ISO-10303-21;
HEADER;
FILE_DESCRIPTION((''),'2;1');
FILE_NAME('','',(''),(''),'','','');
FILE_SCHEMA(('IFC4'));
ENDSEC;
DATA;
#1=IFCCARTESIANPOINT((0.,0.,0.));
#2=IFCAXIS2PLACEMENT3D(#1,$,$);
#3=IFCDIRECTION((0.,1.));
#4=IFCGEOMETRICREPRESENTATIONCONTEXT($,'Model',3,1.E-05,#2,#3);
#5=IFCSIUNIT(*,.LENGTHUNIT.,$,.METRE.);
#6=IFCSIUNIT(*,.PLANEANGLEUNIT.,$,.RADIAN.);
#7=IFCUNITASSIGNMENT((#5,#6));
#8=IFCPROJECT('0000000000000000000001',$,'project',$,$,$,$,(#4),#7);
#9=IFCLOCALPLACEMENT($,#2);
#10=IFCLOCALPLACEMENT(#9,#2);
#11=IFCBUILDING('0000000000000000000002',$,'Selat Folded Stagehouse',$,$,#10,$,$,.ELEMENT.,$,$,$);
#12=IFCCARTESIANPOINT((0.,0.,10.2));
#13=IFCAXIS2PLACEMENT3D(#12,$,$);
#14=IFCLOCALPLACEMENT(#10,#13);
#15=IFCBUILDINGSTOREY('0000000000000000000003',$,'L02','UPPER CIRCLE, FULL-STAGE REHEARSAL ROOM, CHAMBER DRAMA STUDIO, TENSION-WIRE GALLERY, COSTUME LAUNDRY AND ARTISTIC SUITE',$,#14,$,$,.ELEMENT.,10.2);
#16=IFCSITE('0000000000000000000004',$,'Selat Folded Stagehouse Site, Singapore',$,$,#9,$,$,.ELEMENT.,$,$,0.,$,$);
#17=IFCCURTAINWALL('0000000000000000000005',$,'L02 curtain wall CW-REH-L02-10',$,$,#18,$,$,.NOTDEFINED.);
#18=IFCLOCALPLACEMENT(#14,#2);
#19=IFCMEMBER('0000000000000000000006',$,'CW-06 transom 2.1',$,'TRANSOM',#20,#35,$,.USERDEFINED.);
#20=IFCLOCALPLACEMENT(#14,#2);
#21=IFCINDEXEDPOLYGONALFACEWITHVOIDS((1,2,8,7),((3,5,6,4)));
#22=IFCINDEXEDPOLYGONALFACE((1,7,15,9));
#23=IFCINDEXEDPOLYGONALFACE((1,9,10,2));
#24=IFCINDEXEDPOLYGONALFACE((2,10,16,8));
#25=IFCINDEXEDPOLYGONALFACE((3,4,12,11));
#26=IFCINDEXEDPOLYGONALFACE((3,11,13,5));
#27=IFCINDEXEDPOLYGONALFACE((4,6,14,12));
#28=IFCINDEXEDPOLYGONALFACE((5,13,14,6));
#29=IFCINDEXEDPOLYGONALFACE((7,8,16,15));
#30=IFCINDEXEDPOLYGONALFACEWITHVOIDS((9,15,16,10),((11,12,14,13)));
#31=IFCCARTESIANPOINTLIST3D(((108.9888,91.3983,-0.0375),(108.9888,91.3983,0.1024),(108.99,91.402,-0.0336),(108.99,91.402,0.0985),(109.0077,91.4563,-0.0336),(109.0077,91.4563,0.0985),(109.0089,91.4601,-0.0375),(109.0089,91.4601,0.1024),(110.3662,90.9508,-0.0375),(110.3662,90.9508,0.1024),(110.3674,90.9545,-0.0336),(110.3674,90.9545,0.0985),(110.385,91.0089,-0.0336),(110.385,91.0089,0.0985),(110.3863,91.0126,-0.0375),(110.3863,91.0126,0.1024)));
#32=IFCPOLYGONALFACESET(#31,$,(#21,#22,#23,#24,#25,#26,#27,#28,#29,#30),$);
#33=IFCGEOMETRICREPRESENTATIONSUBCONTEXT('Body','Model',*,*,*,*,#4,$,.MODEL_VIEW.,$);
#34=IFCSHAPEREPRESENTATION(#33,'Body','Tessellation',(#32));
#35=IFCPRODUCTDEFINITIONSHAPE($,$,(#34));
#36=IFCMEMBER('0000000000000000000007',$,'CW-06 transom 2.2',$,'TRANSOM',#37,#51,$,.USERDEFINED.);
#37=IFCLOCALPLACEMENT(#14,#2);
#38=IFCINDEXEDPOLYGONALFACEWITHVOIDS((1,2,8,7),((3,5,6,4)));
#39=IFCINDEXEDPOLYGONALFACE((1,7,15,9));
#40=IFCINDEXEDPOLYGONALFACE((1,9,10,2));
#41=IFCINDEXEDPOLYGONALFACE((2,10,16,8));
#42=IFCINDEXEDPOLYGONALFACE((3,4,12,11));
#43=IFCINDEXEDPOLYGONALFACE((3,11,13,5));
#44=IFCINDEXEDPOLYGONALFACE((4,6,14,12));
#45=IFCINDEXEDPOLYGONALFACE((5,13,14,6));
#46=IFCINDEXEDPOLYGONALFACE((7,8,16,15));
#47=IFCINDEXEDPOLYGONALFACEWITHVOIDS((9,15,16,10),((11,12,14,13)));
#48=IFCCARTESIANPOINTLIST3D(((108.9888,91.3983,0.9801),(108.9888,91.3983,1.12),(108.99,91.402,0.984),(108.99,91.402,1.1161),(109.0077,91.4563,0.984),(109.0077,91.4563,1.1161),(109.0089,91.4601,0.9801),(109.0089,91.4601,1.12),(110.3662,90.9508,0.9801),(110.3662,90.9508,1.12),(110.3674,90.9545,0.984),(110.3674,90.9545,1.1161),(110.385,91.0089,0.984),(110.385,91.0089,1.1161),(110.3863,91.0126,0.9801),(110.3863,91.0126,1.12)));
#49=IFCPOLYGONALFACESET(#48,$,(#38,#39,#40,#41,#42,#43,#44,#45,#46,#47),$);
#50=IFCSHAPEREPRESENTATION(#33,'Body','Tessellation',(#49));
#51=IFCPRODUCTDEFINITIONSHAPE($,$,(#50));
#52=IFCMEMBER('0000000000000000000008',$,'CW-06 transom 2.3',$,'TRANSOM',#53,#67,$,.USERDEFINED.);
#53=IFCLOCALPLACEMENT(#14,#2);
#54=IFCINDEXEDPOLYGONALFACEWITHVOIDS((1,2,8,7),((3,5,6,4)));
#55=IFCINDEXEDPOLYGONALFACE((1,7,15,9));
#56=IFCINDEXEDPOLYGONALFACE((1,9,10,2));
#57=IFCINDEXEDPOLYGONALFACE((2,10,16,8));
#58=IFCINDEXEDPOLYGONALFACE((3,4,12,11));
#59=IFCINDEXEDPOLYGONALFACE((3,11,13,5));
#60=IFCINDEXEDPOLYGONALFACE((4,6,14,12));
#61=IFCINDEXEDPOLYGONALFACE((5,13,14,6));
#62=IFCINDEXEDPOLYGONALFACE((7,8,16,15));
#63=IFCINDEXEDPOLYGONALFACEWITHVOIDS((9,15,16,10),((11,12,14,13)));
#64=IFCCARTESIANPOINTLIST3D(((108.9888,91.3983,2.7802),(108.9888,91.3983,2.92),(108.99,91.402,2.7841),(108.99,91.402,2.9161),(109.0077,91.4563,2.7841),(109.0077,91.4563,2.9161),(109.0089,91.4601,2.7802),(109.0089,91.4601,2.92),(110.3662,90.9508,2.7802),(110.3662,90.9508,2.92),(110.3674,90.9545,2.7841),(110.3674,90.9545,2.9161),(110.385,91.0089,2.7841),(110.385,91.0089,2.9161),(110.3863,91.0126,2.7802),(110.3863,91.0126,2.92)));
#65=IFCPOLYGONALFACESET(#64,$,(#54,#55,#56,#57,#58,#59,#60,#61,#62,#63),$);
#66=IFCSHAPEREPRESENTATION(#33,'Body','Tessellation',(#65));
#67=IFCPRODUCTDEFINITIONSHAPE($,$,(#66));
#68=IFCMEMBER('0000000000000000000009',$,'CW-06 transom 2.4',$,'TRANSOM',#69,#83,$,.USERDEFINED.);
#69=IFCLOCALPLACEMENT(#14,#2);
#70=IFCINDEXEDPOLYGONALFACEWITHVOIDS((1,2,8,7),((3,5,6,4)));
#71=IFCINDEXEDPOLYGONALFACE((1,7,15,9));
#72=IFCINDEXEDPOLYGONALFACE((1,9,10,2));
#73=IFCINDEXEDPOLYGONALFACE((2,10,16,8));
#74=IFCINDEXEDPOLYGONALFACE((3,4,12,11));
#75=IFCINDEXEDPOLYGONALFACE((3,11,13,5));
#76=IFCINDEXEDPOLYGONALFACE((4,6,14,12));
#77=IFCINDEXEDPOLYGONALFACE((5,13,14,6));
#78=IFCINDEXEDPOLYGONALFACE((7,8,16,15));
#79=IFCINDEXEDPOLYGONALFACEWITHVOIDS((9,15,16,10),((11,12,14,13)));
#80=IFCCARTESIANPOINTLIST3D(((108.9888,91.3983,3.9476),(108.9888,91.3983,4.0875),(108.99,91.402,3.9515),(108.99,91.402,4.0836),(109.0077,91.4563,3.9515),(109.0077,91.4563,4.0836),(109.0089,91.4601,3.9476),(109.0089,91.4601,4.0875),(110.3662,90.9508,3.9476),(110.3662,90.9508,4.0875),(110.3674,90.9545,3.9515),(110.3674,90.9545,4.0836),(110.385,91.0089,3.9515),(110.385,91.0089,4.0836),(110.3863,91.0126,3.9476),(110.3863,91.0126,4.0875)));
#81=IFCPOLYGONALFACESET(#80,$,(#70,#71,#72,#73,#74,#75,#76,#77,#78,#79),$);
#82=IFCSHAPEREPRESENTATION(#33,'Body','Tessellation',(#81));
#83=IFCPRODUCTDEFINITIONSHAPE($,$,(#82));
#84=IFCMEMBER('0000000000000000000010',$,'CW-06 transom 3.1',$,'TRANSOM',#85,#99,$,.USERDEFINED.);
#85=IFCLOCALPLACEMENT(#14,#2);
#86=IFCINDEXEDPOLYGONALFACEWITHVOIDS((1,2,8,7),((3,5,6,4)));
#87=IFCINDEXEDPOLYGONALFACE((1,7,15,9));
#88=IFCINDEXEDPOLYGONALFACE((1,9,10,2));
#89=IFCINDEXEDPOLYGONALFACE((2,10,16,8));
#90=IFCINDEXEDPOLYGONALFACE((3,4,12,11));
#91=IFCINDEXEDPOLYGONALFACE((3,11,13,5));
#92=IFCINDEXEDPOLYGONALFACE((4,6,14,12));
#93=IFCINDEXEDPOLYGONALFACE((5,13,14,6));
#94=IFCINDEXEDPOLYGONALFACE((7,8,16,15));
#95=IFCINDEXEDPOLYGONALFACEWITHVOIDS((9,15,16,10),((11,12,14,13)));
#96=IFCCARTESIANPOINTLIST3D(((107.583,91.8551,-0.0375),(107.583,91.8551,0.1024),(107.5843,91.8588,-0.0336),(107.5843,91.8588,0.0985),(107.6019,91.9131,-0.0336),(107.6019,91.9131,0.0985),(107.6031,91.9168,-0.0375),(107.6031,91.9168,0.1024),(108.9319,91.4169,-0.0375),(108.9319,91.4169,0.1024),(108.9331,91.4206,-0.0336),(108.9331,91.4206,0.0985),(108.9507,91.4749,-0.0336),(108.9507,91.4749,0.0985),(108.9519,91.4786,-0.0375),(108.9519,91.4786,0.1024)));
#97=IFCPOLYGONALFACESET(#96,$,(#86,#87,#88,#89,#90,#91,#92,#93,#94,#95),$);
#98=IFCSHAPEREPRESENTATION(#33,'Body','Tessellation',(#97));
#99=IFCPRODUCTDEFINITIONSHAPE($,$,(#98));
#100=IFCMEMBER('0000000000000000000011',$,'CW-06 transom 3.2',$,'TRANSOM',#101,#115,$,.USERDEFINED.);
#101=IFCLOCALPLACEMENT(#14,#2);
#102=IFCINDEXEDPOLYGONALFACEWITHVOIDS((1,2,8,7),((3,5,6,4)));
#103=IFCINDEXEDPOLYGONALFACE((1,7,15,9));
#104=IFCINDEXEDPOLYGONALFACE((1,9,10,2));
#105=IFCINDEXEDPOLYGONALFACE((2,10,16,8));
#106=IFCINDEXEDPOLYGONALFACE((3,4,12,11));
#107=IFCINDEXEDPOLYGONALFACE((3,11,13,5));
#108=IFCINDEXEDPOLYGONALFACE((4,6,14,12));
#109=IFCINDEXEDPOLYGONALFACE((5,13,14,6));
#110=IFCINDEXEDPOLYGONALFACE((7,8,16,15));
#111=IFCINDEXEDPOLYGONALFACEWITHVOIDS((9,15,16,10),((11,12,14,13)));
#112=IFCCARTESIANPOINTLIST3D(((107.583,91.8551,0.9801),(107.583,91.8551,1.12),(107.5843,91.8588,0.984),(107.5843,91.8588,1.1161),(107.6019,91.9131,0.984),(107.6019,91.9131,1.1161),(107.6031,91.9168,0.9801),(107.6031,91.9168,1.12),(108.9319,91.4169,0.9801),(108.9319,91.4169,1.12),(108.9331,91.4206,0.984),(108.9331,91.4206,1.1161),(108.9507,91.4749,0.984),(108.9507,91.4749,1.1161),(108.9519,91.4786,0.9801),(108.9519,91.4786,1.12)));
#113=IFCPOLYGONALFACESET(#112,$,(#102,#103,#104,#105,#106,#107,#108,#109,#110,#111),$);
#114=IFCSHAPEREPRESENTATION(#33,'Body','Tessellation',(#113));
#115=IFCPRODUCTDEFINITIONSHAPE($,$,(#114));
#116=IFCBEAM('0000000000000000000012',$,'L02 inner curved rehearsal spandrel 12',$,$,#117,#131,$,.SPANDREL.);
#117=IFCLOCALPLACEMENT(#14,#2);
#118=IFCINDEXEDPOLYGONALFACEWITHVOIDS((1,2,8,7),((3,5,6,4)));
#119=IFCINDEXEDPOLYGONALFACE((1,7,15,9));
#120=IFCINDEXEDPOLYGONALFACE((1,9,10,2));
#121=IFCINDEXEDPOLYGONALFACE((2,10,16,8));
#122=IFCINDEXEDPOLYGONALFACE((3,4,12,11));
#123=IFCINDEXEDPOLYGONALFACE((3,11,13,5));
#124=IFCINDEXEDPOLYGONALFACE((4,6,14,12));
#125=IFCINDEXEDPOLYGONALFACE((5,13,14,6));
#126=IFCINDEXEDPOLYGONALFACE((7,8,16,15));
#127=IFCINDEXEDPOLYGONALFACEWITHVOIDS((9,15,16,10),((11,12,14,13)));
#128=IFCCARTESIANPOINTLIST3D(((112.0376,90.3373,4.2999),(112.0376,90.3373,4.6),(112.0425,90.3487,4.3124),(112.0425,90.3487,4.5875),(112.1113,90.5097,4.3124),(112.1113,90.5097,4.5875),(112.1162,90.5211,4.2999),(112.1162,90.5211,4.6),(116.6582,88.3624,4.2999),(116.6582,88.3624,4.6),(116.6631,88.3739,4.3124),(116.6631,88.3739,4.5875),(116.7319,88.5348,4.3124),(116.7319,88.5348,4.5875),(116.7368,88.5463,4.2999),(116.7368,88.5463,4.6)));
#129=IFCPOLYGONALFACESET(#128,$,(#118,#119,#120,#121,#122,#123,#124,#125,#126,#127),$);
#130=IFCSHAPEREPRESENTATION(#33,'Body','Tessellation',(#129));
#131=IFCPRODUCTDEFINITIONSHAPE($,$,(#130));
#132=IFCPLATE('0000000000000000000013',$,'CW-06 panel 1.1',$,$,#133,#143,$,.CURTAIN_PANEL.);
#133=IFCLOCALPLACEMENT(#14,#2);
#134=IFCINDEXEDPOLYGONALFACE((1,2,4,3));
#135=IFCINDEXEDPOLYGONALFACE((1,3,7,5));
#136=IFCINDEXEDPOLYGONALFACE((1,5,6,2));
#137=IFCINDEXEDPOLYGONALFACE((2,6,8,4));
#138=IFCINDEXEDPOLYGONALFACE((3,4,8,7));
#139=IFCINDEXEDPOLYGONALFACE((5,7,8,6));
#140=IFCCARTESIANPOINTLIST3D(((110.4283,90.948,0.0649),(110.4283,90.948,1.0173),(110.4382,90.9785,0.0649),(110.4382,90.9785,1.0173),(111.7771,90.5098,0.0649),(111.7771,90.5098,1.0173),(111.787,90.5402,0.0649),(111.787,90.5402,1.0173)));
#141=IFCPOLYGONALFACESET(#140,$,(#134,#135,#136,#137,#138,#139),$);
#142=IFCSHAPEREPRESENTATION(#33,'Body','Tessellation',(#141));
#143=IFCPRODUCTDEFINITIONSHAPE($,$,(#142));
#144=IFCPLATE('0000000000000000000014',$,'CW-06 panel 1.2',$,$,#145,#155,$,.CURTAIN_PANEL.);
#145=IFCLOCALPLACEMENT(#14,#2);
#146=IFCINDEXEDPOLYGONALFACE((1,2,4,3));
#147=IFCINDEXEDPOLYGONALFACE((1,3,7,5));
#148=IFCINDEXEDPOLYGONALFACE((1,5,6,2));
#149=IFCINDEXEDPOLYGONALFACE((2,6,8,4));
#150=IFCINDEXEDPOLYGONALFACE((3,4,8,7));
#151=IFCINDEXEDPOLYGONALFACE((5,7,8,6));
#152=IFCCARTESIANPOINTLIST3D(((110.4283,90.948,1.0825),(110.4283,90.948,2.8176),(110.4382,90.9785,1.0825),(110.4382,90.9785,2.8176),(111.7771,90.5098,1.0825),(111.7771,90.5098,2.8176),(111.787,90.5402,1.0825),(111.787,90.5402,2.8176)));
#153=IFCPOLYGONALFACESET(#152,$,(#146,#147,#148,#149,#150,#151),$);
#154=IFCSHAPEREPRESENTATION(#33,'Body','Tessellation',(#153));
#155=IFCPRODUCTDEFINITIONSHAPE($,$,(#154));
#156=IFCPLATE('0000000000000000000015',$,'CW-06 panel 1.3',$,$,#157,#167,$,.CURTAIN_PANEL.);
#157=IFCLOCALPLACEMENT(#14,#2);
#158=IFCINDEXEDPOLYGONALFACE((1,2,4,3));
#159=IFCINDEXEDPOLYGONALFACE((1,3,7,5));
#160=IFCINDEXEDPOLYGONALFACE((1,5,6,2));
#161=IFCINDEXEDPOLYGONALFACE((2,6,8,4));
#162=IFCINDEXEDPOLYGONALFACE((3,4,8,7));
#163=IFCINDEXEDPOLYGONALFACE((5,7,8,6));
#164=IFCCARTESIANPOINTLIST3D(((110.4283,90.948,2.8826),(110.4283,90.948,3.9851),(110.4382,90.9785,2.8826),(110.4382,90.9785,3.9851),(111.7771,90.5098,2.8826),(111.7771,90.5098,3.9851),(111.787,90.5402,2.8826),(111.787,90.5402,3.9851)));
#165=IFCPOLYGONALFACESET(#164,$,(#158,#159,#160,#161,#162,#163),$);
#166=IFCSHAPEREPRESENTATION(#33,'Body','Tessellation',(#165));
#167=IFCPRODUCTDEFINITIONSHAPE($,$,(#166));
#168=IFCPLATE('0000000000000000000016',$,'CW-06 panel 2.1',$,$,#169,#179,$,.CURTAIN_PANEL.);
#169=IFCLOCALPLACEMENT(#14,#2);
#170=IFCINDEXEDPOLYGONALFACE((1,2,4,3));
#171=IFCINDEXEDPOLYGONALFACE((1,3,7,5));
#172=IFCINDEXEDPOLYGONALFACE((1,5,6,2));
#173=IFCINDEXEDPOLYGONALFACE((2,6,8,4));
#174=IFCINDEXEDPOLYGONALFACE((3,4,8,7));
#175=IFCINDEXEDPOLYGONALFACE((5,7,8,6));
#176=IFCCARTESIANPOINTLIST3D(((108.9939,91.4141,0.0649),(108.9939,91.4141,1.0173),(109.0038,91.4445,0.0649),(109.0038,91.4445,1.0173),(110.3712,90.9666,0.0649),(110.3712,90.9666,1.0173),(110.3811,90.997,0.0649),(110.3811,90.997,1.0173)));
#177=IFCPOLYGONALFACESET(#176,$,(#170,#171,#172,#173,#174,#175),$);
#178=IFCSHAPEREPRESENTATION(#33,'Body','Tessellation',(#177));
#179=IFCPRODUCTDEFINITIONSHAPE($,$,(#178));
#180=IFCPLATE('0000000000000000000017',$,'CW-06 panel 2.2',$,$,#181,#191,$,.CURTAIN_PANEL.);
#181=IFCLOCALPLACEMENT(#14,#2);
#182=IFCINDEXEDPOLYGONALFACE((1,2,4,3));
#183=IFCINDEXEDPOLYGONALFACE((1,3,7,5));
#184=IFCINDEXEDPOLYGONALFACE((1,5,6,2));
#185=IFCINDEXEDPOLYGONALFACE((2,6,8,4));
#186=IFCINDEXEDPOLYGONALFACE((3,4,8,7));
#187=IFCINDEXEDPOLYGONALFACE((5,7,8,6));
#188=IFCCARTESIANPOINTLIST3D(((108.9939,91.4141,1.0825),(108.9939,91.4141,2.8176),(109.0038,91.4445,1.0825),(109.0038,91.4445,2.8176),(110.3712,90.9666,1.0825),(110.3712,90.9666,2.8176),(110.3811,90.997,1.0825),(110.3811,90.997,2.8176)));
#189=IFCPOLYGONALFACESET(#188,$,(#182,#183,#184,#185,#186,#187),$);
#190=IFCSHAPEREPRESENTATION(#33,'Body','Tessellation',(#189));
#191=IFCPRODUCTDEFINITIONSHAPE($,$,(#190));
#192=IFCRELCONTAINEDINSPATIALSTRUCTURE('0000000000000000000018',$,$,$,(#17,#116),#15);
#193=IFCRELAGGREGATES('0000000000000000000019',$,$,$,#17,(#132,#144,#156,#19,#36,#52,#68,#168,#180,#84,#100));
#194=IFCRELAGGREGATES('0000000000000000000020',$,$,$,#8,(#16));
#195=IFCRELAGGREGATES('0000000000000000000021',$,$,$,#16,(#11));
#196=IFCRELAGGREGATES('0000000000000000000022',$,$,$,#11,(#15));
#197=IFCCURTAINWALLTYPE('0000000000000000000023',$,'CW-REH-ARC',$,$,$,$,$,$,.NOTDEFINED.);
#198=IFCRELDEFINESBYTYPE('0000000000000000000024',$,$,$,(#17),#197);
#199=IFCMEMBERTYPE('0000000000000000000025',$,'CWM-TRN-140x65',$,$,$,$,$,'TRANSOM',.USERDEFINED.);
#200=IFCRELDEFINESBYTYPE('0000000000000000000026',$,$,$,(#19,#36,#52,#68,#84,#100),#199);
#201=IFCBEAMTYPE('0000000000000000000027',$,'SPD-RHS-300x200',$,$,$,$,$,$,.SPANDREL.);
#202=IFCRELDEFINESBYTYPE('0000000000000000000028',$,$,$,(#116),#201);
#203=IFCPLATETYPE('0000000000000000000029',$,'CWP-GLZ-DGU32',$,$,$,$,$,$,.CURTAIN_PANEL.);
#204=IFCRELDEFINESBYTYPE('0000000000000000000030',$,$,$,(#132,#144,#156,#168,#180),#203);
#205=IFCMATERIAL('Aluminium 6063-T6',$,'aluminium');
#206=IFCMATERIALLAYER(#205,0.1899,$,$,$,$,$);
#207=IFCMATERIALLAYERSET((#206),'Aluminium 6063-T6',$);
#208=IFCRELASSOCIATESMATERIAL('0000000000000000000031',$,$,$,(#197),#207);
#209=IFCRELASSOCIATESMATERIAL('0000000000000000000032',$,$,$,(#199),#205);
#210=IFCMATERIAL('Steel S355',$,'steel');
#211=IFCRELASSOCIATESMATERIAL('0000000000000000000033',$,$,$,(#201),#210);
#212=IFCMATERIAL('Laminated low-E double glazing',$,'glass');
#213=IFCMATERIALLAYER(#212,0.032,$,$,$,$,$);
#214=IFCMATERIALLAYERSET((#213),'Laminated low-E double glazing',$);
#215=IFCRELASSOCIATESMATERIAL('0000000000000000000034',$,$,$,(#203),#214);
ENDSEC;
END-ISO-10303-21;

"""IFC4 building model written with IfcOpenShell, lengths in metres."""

from ifc_helpers import new_model, si_unit, direction, frame, origin, origin_2d, place, context, subcontext, project, spatial, rectangle, hollow_rectangle, extrude, material, layer, layer_set, material_profile, profile_set, type_object, element, aggregate, save


model = new_model("IFC4")

# Units and contexts
model_context = context("Model", 3, precision=1e-05, world=origin(), true_north=direction((0.0, 1.0)))
body_context = subcontext(model_context, "Body", "Model", "MODEL_VIEW")
ifc_project = project(units=[si_unit("LENGTHUNIT", "METRE"), si_unit("PLANEANGLEUNIT", "RADIAN")], contexts=[model_context])

# Site, building, storey
site_placement = place(None, origin())
site = spatial("IfcSite", under=ifc_project, at=site_placement, Name="Selat Folded Stagehouse Site, Singapore", CompositionType="ELEMENT", RefElevation=0.0)
building_placement = place(site_placement, origin())
building = spatial("IfcBuilding", under=site, at=building_placement, Name="Selat Folded Stagehouse", CompositionType="ELEMENT")
storey_placement = place(building_placement, frame((0.0, 0.0, 10.2)))
storey = spatial("IfcBuildingStorey", under=building, at=storey_placement, Name="L02", Description="UPPER CIRCLE, FULL-STAGE REHEARSAL ROOM, CHAMBER DRAMA STUDIO, TENSION-WIRE GALLERY, COSTUME LAUNDRY AND ARTISTIC SUITE", CompositionType="ELEMENT", Elevation=10.2)

# Shared definitions
ifc_material_1 = material(Name="Steel S355", Category="steel")

# Curtain wall, members
ifc_material_2 = material(Name="Aluminium 6063-T6", Category="aluminium")
ifc_layer_1 = layer(ifc_material_2, 0.1899)
ifc_layer_set_1 = layer_set([ifc_layer_1], Name="Aluminium 6063-T6")
curtain_wall_type = type_object("IfcCurtainWallType", Name="CW-REH-ARC", PredefinedType="NOTDEFINED", material=ifc_layer_set_1)
curtain_wall_placement = place(storey_placement, origin())
curtain_wall = element("IfcCurtainWall", 1, at=curtain_wall_placement, inside=storey, type_object=curtain_wall_type, Name="L02 curtain wall CW-REH-L02-10", PredefinedType="NOTDEFINED")
ifc_material_profile_1 = material_profile(ifc_material_2, hollow_rectangle(XDim=0.0649, YDim=0.1399, WallThickness=0.0039, at=origin_2d()), Name="ALU 140x65x4.0")
ifc_profile_set_1 = profile_set([ifc_material_profile_1], Name="Aluminium 6063-T6")
member_type_1 = type_object("IfcMemberType", Name="CWM-TRN-140x65", ElementType="TRANSOM", PredefinedType="USERDEFINED", material=ifc_profile_set_1)
member_1_placement = place(storey_placement, frame((110.3762, 90.9817, 0.0325), z_axis=(-0.951066, 0.308987, 0.0), x_axis=(-0.308987, -0.951066, 0.0)))
member_1 = element("IfcMember", 2, at=member_1_placement, type_object=member_type_1, Name="CW-06 transom 2.1", ObjectType="TRANSOM", PredefinedType="USERDEFINED", context=body_context, shape_type="SweptSolid", body=[
    extrude(hollow_rectangle(XDim=0.0649, YDim=0.1399, WallThickness=0.0039, at=origin_2d()), origin(), (0.0, 0.0, 1.0), 1.4482),
])
member_2_placement = place(storey_placement, frame((110.3762, 90.9817, 1.05), z_axis=(-0.951066, 0.308987, 0.0), x_axis=(-0.308987, -0.951066, 0.0)))
member_2 = element("IfcMember", 3, at=member_2_placement, type_object=member_type_1, Name="CW-06 transom 2.2", ObjectType="TRANSOM", PredefinedType="USERDEFINED", context=body_context, shape_type="SweptSolid", body=[
    extrude(hollow_rectangle(XDim=0.0649, YDim=0.1399, WallThickness=0.0039, at=origin_2d()), origin(), (0.0, 0.0, 1.0), 1.4482),
])
member_3_placement = place(storey_placement, frame((110.3762, 90.9817, 2.8501), z_axis=(-0.951066, 0.308987, 0.0), x_axis=(-0.308987, -0.951066, 0.0)))
member_3 = element("IfcMember", 4, at=member_3_placement, type_object=member_type_1, Name="CW-06 transom 2.3", ObjectType="TRANSOM", PredefinedType="USERDEFINED", context=body_context, shape_type="SweptSolid", body=[
    extrude(hollow_rectangle(XDim=0.0649, YDim=0.1399, WallThickness=0.0039, at=origin_2d()), origin(), (0.0, 0.0, 1.0), 1.4482),
])
member_4_placement = place(storey_placement, frame((110.3762, 90.9817, 4.0176), z_axis=(-0.951066, 0.308987, 0.0), x_axis=(-0.308987, -0.951066, 0.0)))
member_4 = element("IfcMember", 5, at=member_4_placement, type_object=member_type_1, Name="CW-06 transom 2.4", ObjectType="TRANSOM", PredefinedType="USERDEFINED", context=body_context, shape_type="SweptSolid", body=[
    extrude(hollow_rectangle(XDim=0.0649, YDim=0.1399, WallThickness=0.0039, at=origin_2d()), origin(), (0.0, 0.0, 1.0), 1.4482),
])
member_5_placement = place(storey_placement, frame((108.9419, 91.4478, 0.0325), z_axis=(-0.951066, 0.308989, 0.0), x_axis=(-0.308989, -0.951066, 0.0)))
member_5 = element("IfcMember", 6, at=member_5_placement, type_object=member_type_1, Name="CW-06 transom 3.1", ObjectType="TRANSOM", PredefinedType="USERDEFINED", context=body_context, shape_type="SweptSolid", body=[
    extrude(hollow_rectangle(XDim=0.0649, YDim=0.1399, WallThickness=0.0039, at=origin_2d()), origin(), (0.0, 0.0, 1.0), 1.4182),
])
member_6_placement = place(storey_placement, frame((108.9419, 91.4478, 1.05), z_axis=(-0.951066, 0.308989, 0.0), x_axis=(-0.308989, -0.951066, 0.0)))
member_6 = element("IfcMember", 7, at=member_6_placement, type_object=member_type_1, Name="CW-06 transom 3.2", ObjectType="TRANSOM", PredefinedType="USERDEFINED", context=body_context, shape_type="SweptSolid", body=[
    extrude(hollow_rectangle(XDim=0.0649, YDim=0.1399, WallThickness=0.0039, at=origin_2d()), origin(), (0.0, 0.0, 1.0), 1.4182),
])

# Beam
ifc_material_profile_2 = material_profile(ifc_material_1, hollow_rectangle(XDim=0.2, YDim=0.3, WallThickness=0.0125, at=origin_2d()), Name="RHS 300x200x12.5")
ifc_profile_set_2 = profile_set([ifc_material_profile_2], Name="Steel S355")
beam_type = type_object("IfcBeamType", Name="SPD-RHS-300x200", PredefinedType="SPANDREL", material=ifc_profile_set_2)
beam_placement = place(storey_placement, frame((112.0769, 90.4292, 4.45), z_axis=(0.919534, -0.39301, 0.0), x_axis=(0.39301, 0.919534, 0.0)))
element("IfcBeam", 8, at=beam_placement, inside=storey, type_object=beam_type, Name="L02 inner curved rehearsal spandrel 12", PredefinedType="SPANDREL", context=body_context, shape_type="SweptSolid", body=[
    extrude(hollow_rectangle(XDim=0.2, YDim=0.3, WallThickness=0.0125, at=origin_2d()), origin(), (0.0, 0.0, 1.0), 5.0249),
])

# Plates
ifc_material_3 = material(Name="Laminated low-E double glazing", Category="glass")
ifc_layer_2 = layer(ifc_material_3, 0.032)
ifc_layer_set_2 = layer_set([ifc_layer_2], Name="Laminated low-E double glazing")
plate_type = type_object("IfcPlateType", Name="CWP-GLZ-DGU32", PredefinedType="CURTAIN_PANEL", material=ifc_layer_set_2)
plate_1_placement = place(storey_placement, frame((111.1077, 90.7441, 0.0649), z_axis=(0.0, 0.0, 1.0), x_axis=(-0.951065, 0.308992, 0.0)))
plate_1 = element("IfcPlate", 9, at=plate_1_placement, type_object=plate_type, Name="CW-06 panel 1.1", PredefinedType="CURTAIN_PANEL", context=body_context, shape_type="SweptSolid", body=[
    extrude(rectangle(XDim=1.4182, YDim=0.032, at=origin_2d()), origin(), (0.0, 0.0, 1.0), 0.9524),
])
plate_2_placement = place(storey_placement, frame((111.1077, 90.7441, 1.0825), z_axis=(0.0, 0.0, 1.0), x_axis=(-0.951065, 0.308992, 0.0)))
plate_2 = element("IfcPlate", 10, at=plate_2_placement, type_object=plate_type, Name="CW-06 panel 1.2", PredefinedType="CURTAIN_PANEL", context=body_context, shape_type="SweptSolid", body=[
    extrude(rectangle(XDim=1.4182, YDim=0.032, at=origin_2d()), origin(), (0.0, 0.0, 1.0), 1.7351),
])
plate_3_placement = place(storey_placement, frame((111.1077, 90.7441, 2.8826), z_axis=(0.0, 0.0, 1.0), x_axis=(-0.951065, 0.308992, 0.0)))
plate_3 = element("IfcPlate", 11, at=plate_3_placement, type_object=plate_type, Name="CW-06 panel 1.3", PredefinedType="CURTAIN_PANEL", context=body_context, shape_type="SweptSolid", body=[
    extrude(rectangle(XDim=1.4182, YDim=0.032, at=origin_2d()), origin(), (0.0, 0.0, 1.0), 1.1025),
])
plate_4_placement = place(storey_placement, frame((109.6875, 91.2056, 0.0649), z_axis=(0.0, 0.0, 1.0), x_axis=(-0.951065, 0.308992, 0.0)))
plate_4 = element("IfcPlate", 12, at=plate_4_placement, type_object=plate_type, Name="CW-06 panel 2.1", PredefinedType="CURTAIN_PANEL", context=body_context, shape_type="SweptSolid", body=[
    extrude(rectangle(XDim=1.4482, YDim=0.032, at=origin_2d()), origin(), (0.0, 0.0, 1.0), 0.9524),
])
plate_5_placement = place(storey_placement, frame((109.6875, 91.2056, 1.0825), z_axis=(0.0, 0.0, 1.0), x_axis=(-0.951065, 0.308992, 0.0)))
plate_5 = element("IfcPlate", 13, at=plate_5_placement, type_object=plate_type, Name="CW-06 panel 2.2", PredefinedType="CURTAIN_PANEL", context=body_context, shape_type="SweptSolid", body=[
    extrude(rectangle(XDim=1.4482, YDim=0.032, at=origin_2d()), origin(), (0.0, 0.0, 1.0), 1.7351),
])
aggregate(curtain_wall, [plate_1, plate_2, plate_3, member_1, member_2, member_3, member_4, plate_4, plate_5, member_5, member_6])

save(model, "model.ifc")
